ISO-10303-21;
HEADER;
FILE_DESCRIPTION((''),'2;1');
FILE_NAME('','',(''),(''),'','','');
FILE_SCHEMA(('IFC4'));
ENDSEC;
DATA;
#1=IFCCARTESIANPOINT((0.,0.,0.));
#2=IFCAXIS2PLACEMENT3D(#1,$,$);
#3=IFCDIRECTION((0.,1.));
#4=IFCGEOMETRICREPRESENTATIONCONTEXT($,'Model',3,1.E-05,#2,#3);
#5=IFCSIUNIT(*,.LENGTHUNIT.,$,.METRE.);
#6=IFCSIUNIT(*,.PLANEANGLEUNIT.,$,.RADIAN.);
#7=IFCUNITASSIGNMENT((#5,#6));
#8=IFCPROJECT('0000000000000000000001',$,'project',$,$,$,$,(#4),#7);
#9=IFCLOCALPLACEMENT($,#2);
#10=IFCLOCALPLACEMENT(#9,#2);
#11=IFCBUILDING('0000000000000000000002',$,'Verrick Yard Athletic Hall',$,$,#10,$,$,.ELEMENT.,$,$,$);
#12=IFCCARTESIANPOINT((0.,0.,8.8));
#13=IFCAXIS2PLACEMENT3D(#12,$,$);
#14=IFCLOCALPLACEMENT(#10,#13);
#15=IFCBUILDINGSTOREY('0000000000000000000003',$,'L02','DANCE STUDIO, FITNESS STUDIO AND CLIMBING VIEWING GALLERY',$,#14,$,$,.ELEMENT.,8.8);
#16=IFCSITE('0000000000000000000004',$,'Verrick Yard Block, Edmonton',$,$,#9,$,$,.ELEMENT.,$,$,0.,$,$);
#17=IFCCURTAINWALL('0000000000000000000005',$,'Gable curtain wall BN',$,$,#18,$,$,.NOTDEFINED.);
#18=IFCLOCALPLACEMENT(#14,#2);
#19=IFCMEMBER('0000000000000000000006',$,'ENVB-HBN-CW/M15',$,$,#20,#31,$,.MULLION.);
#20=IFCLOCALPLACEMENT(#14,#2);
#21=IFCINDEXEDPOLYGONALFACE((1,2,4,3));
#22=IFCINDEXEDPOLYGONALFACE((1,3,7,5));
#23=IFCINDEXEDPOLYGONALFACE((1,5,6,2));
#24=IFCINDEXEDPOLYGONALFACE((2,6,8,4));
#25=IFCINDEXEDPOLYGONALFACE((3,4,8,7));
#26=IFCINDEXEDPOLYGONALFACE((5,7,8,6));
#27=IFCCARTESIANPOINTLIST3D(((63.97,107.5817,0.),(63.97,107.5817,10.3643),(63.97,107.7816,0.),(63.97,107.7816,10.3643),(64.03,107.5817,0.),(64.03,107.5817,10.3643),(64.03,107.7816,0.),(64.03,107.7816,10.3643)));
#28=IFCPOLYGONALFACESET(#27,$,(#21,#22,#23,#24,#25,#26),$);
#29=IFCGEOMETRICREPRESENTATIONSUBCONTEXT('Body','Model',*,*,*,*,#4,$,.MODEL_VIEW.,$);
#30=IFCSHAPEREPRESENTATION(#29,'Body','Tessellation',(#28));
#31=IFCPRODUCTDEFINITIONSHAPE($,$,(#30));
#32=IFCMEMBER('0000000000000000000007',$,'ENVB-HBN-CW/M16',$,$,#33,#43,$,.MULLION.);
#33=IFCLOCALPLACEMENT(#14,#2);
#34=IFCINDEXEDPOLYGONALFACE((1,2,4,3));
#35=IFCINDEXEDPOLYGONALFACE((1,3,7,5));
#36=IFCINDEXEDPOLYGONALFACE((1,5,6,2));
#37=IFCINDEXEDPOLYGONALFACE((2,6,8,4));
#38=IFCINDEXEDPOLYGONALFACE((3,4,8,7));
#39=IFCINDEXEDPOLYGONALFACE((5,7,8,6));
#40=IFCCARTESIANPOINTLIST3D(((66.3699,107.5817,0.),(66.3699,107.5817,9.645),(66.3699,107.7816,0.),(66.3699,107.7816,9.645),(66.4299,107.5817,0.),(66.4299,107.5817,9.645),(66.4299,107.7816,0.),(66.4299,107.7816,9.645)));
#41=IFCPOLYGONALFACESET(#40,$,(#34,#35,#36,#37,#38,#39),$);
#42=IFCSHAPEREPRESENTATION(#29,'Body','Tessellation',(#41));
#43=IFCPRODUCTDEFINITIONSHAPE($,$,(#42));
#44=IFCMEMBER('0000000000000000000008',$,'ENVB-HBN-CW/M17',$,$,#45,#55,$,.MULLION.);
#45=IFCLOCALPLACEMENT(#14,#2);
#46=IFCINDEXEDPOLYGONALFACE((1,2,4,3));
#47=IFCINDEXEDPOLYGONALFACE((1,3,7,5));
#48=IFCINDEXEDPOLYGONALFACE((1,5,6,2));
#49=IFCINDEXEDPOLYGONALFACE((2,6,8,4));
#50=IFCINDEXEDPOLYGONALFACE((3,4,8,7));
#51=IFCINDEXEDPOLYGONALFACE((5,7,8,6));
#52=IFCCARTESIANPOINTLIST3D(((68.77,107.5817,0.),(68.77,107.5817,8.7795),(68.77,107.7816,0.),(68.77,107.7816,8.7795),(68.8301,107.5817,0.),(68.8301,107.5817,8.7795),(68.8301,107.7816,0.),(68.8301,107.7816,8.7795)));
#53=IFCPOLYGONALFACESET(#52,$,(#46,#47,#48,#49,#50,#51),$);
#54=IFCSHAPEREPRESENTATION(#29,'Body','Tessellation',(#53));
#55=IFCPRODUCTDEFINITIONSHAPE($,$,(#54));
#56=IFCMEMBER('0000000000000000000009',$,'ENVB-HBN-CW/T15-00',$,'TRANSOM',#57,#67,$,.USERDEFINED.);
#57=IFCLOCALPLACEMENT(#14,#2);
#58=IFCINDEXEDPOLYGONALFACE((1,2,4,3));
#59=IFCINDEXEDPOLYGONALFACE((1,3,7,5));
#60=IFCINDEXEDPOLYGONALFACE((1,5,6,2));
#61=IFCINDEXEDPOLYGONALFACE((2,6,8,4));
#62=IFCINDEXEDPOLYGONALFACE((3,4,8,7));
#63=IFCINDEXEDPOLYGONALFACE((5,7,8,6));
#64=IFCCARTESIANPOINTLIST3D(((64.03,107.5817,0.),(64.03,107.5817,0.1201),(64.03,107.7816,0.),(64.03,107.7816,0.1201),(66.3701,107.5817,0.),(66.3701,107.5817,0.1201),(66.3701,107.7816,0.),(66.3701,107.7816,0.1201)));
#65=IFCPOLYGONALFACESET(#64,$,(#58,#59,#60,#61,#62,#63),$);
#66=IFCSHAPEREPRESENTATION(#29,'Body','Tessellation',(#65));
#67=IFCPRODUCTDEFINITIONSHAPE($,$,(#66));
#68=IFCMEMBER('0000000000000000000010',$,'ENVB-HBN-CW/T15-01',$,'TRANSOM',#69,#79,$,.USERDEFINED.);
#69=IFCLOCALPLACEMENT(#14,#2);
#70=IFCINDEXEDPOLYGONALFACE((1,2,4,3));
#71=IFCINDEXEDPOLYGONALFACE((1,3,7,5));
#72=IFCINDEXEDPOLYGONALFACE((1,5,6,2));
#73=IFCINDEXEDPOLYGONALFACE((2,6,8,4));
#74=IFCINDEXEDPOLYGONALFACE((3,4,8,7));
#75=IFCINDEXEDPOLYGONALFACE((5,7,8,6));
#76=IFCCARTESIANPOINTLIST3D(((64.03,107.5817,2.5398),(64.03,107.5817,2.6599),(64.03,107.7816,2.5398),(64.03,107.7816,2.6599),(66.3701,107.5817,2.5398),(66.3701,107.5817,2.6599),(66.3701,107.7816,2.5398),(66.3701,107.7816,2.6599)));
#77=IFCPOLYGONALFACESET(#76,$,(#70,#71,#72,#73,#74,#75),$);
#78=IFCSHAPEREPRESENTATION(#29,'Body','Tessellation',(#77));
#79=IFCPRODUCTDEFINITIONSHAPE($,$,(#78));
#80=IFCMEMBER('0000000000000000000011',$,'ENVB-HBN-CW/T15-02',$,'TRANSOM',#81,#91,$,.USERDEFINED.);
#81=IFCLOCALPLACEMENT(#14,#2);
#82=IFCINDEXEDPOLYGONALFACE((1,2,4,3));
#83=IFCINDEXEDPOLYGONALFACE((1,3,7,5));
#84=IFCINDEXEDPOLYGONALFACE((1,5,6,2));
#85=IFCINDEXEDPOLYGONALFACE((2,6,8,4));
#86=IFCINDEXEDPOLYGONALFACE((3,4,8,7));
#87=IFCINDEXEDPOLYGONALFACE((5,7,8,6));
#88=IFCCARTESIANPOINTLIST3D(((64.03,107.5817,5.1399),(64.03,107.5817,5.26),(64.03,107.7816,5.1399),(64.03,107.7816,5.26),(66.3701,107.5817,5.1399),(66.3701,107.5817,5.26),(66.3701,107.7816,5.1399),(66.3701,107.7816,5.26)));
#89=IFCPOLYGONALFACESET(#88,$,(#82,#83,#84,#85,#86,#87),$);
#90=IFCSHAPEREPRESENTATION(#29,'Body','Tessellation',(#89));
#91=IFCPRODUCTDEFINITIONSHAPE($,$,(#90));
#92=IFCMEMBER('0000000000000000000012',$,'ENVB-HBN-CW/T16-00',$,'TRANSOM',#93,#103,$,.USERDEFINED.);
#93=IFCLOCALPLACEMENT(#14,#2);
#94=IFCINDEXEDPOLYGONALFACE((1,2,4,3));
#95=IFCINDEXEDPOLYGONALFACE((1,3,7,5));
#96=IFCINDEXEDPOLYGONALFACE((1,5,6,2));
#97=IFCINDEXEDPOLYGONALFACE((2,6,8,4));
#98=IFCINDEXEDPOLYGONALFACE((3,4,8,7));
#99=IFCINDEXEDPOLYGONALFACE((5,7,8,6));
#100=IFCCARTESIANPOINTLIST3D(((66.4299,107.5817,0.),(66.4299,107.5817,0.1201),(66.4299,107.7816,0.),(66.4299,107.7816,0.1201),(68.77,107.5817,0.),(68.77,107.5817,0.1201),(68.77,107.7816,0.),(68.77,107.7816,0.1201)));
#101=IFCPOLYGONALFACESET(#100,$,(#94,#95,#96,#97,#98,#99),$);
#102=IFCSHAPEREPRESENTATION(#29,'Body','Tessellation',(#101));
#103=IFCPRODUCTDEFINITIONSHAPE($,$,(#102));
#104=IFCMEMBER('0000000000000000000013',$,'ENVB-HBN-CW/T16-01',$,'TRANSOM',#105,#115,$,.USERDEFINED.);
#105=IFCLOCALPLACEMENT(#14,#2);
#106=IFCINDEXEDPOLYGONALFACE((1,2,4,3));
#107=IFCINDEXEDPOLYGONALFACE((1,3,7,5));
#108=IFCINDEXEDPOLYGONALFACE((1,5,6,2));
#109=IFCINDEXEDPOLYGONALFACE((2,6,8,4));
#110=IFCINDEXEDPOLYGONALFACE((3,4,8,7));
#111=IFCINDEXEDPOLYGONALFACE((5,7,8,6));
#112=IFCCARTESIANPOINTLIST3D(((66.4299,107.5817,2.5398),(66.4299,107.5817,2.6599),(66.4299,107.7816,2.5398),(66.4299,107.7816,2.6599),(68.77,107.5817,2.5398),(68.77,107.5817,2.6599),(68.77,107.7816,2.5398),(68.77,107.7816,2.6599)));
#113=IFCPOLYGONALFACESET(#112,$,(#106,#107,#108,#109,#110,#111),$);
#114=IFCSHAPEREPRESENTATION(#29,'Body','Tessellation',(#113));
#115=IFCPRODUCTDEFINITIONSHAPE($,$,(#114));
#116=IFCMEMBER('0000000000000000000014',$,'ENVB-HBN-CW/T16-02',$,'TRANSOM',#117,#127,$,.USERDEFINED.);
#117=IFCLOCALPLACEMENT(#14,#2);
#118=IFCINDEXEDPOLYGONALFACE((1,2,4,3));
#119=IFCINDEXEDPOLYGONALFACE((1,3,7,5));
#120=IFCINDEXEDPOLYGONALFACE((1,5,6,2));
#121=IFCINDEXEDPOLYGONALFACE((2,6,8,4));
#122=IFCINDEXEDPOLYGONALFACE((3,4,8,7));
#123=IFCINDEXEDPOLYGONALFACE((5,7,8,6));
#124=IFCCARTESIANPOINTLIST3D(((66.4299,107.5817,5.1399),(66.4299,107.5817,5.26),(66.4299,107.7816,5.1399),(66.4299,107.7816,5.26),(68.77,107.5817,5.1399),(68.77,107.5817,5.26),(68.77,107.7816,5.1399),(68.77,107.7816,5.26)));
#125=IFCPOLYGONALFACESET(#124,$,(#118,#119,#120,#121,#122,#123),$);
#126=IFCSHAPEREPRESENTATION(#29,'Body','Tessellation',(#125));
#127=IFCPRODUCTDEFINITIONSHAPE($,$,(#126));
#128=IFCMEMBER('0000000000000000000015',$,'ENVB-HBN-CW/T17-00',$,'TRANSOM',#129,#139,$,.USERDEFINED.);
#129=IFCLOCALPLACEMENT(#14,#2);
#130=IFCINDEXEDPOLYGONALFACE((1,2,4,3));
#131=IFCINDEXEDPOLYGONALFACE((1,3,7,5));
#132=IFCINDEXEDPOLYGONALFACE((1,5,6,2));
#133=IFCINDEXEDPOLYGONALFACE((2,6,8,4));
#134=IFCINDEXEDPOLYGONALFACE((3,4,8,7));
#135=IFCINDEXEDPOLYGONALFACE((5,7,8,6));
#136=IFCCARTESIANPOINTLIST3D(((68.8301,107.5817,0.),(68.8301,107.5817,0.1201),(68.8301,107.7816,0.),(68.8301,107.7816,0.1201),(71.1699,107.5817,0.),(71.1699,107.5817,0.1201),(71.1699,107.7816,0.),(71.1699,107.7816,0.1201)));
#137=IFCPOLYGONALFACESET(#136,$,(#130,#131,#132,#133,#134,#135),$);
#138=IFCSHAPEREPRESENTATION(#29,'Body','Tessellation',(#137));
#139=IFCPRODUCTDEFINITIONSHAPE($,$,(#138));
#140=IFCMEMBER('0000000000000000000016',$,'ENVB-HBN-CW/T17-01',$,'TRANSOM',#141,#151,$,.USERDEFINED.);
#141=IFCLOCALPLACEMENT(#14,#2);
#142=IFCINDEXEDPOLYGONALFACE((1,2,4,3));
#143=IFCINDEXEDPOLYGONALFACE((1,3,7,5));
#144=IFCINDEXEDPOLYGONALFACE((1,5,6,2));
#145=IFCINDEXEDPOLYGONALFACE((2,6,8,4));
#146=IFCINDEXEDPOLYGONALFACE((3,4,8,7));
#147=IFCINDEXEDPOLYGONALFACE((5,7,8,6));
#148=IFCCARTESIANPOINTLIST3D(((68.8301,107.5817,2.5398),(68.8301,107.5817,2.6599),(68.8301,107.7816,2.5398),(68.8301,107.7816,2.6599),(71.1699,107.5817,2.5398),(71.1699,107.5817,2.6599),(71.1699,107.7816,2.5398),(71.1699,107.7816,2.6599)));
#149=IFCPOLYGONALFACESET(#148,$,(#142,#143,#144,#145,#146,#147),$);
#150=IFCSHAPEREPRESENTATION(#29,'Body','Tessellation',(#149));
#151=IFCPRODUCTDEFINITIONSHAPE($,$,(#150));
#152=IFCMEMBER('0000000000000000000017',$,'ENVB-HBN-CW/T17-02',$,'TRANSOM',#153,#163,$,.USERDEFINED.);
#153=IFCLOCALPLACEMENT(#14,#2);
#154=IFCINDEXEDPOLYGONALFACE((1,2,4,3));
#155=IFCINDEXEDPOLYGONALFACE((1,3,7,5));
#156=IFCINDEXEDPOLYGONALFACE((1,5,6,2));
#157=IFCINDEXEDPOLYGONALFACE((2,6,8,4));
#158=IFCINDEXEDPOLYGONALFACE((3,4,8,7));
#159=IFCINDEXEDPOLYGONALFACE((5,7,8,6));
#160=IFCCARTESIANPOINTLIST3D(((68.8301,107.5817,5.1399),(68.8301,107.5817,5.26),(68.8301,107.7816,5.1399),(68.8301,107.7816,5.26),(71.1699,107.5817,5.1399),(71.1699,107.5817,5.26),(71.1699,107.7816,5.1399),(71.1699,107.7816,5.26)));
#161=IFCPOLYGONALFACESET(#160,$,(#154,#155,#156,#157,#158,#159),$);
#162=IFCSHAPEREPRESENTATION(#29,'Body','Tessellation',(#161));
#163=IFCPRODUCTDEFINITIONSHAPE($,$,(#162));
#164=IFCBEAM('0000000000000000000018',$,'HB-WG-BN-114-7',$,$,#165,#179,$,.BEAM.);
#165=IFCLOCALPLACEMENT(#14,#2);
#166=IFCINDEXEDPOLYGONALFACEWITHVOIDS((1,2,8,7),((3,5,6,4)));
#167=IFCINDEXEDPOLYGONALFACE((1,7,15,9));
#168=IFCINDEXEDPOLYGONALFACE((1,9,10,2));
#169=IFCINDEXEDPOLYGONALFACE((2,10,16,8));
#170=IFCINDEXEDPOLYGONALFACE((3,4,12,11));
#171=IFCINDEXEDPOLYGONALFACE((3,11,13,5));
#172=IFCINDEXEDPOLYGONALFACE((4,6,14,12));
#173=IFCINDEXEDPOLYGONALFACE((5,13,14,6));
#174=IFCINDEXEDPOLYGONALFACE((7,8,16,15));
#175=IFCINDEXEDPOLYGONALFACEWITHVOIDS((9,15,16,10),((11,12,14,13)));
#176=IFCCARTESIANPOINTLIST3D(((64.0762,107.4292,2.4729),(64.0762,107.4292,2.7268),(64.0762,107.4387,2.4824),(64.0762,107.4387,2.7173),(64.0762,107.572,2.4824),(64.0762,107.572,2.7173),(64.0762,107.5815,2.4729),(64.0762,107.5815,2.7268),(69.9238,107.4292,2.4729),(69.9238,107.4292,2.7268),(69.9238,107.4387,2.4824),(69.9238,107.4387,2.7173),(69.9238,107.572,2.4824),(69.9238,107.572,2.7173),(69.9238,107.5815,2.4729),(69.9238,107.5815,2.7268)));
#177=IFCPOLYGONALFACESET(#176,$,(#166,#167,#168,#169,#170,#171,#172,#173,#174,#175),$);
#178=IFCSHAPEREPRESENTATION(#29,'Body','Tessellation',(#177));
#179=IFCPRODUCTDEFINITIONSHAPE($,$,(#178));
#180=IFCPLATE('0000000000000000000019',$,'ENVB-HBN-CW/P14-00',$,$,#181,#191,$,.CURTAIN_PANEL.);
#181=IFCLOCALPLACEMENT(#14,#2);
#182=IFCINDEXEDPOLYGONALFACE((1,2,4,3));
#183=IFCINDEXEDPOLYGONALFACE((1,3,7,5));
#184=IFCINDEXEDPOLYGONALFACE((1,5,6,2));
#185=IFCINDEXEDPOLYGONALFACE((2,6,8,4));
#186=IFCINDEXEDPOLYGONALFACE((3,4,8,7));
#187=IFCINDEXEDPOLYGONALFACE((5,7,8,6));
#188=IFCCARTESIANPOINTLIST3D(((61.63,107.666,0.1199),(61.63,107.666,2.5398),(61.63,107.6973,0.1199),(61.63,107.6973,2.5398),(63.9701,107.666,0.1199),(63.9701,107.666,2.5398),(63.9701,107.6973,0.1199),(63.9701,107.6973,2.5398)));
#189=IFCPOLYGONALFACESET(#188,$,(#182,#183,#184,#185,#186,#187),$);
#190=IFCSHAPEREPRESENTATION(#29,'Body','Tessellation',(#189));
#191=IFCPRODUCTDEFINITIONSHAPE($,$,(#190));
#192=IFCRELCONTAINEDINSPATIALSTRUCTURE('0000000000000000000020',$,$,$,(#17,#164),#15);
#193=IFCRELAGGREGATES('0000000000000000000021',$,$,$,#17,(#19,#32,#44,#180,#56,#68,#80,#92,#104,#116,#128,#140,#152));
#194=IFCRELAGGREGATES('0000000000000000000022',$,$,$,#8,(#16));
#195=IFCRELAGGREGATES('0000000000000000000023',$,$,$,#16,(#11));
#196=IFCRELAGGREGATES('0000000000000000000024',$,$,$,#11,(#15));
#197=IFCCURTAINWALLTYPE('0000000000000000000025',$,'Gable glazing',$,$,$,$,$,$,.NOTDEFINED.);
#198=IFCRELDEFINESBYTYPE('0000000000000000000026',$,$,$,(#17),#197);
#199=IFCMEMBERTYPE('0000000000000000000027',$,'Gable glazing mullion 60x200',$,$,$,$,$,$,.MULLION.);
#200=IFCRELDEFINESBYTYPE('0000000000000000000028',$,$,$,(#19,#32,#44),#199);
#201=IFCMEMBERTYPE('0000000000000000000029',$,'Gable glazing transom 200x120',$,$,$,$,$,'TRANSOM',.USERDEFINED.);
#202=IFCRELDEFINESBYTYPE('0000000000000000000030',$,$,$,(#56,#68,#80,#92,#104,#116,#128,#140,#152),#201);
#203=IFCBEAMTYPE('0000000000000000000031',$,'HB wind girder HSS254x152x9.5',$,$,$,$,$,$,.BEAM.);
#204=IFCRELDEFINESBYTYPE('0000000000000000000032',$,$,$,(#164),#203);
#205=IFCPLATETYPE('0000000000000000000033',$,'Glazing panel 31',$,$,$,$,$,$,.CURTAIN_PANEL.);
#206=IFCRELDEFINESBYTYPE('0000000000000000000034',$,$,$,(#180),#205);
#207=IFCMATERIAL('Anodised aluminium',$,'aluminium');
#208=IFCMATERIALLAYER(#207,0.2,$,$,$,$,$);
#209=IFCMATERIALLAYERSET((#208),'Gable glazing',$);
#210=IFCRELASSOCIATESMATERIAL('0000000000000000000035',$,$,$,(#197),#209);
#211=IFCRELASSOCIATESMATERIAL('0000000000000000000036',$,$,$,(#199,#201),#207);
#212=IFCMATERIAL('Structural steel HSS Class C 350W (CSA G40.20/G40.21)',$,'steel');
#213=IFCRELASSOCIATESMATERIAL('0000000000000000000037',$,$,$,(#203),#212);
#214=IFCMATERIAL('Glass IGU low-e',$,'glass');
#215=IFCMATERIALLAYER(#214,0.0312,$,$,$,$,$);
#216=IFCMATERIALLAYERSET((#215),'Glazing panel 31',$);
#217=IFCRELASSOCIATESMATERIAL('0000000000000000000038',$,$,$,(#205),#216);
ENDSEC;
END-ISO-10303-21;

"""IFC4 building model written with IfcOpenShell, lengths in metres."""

from ifc_helpers import new_model, si_unit, direction, frame, origin, origin_2d, place, context, subcontext, project, spatial, rectangle, hollow_rectangle, extrude, material, layer, layer_set, material_profile, profile_set, type_object, element, aggregate, save


model = new_model("IFC4")

# Units and contexts
model_context = context("Model", 3, precision=1e-05, world=origin(), true_north=direction((0.0, 1.0)))
body_context = subcontext(model_context, "Body", "Model", "MODEL_VIEW")
ifc_project = project(units=[si_unit("LENGTHUNIT", "METRE"), si_unit("PLANEANGLEUNIT", "RADIAN")], contexts=[model_context])

# Site, building, storey
site_placement = place(None, origin())
site = spatial("IfcSite", under=ifc_project, at=site_placement, Name="Verrick Yard Block, Edmonton", CompositionType="ELEMENT", RefElevation=0.0)
building_placement = place(site_placement, origin())
building = spatial("IfcBuilding", under=site, at=building_placement, Name="Verrick Yard Athletic Hall", CompositionType="ELEMENT")
storey_placement = place(building_placement, frame((0.0, 0.0, 8.8)))
storey = spatial("IfcBuildingStorey", under=building, at=storey_placement, Name="L02", Description="DANCE STUDIO, FITNESS STUDIO AND CLIMBING VIEWING GALLERY", CompositionType="ELEMENT", Elevation=8.8)

# Curtain wall, members
ifc_material_1 = material(Name="Anodised aluminium", Category="aluminium")
ifc_layer_1 = layer(ifc_material_1, 0.2)
ifc_layer_set_1 = layer_set([ifc_layer_1], Name="Gable glazing")
curtain_wall_type = type_object("IfcCurtainWallType", Name="Gable glazing", PredefinedType="NOTDEFINED", material=ifc_layer_set_1)
curtain_wall_placement = place(storey_placement, origin())
curtain_wall = element("IfcCurtainWall", 1, at=curtain_wall_placement, inside=storey, type_object=curtain_wall_type, Name="Gable curtain wall BN", PredefinedType="NOTDEFINED")
ifc_material_profile_1 = material_profile(ifc_material_1, rectangle(XDim=0.2, YDim=0.0601, at=origin_2d()), Name="CW gable mullion 60x200")
ifc_profile_set_1 = profile_set([ifc_material_profile_1], Name="Anodised aluminium")
member_type_1 = type_object("IfcMemberType", Name="Gable glazing mullion 60x200", PredefinedType="MULLION", material=ifc_profile_set_1)
member_1_placement = place(storey_placement, frame((64.0, 107.6816, 0.0), z_axis=(0.0, 0.0, 1.0), x_axis=(0.0, 1.0, 0.0)))
member_1 = element("IfcMember", 2, at=member_1_placement, type_object=member_type_1, Name="ENVB-HBN-CW/M15", PredefinedType="MULLION", context=body_context, shape_type="SweptSolid", body=[
    extrude(rectangle(XDim=0.2, YDim=0.0601, at=origin_2d()), origin(), (0.0, 0.0, 1.0), 10.3643),
])
member_2_placement = place(storey_placement, frame((66.3999, 107.6816, 0.0), z_axis=(0.0, 0.0, 1.0), x_axis=(0.0, 1.0, 0.0)))
member_2 = element("IfcMember", 3, at=member_2_placement, type_object=member_type_1, Name="ENVB-HBN-CW/M16", PredefinedType="MULLION", context=body_context, shape_type="SweptSolid", body=[
    extrude(rectangle(XDim=0.2, YDim=0.0601, at=origin_2d()), origin(), (0.0, 0.0, 1.0), 9.645),
])
member_3_placement = place(storey_placement, frame((68.8, 107.6816, 0.0), z_axis=(0.0, 0.0, 1.0), x_axis=(0.0, 1.0, 0.0)))
member_3 = element("IfcMember", 4, at=member_3_placement, type_object=member_type_1, Name="ENVB-HBN-CW/M17", PredefinedType="MULLION", context=body_context, shape_type="SweptSolid", body=[
    extrude(rectangle(XDim=0.2, YDim=0.0601, at=origin_2d()), origin(), (0.0, 0.0, 1.0), 8.7795),
])
ifc_material_profile_2 = material_profile(ifc_material_1, rectangle(XDim=0.2, YDim=0.1201, at=origin_2d()), Name="CW gable transom 200x120")
ifc_profile_set_2 = profile_set([ifc_material_profile_2], Name="Anodised aluminium")
member_type_2 = type_object("IfcMemberType", Name="Gable glazing transom 200x120", ElementType="TRANSOM", PredefinedType="USERDEFINED", material=ifc_profile_set_2)
member_4_placement = place(storey_placement, frame((64.03, 107.6816, 0.0601), z_axis=(1.0, 0.0, 0.0), x_axis=(0.0, 1.0, 0.0)))
member_4 = element("IfcMember", 5, at=member_4_placement, type_object=member_type_2, Name="ENVB-HBN-CW/T15-00", ObjectType="TRANSOM", PredefinedType="USERDEFINED", context=body_context, shape_type="SweptSolid", body=[
    extrude(rectangle(XDim=0.2, YDim=0.1201, at=origin_2d()), origin(), (0.0, 0.0, 1.0), 2.3401),
])
member_5_placement = place(storey_placement, frame((64.03, 107.6816, 2.5999), z_axis=(1.0, 0.0, 0.0), x_axis=(0.0, 1.0, 0.0)))
member_5 = element("IfcMember", 6, at=member_5_placement, type_object=member_type_2, Name="ENVB-HBN-CW/T15-01", ObjectType="TRANSOM", PredefinedType="USERDEFINED", context=body_context, shape_type="SweptSolid", body=[
    extrude(rectangle(XDim=0.2, YDim=0.1201, at=origin_2d()), origin(), (0.0, 0.0, 1.0), 2.3401),
])
member_6_placement = place(storey_placement, frame((64.03, 107.6816, 5.2), z_axis=(1.0, 0.0, 0.0), x_axis=(0.0, 1.0, 0.0)))
member_6 = element("IfcMember", 7, at=member_6_placement, type_object=member_type_2, Name="ENVB-HBN-CW/T15-02", ObjectType="TRANSOM", PredefinedType="USERDEFINED", context=body_context, shape_type="SweptSolid", body=[
    extrude(rectangle(XDim=0.2, YDim=0.1201, at=origin_2d()), origin(), (0.0, 0.0, 1.0), 2.3401),
])
member_7_placement = place(storey_placement, frame((66.4299, 107.6816, 0.0601), z_axis=(1.0, 0.0, 0.0), x_axis=(0.0, 1.0, 0.0)))
member_7 = element("IfcMember", 8, at=member_7_placement, type_object=member_type_2, Name="ENVB-HBN-CW/T16-00", ObjectType="TRANSOM", PredefinedType="USERDEFINED", context=body_context, shape_type="SweptSolid", body=[
    extrude(rectangle(XDim=0.2, YDim=0.1201, at=origin_2d()), origin(), (0.0, 0.0, 1.0), 2.3401),
])
member_8_placement = place(storey_placement, frame((66.4299, 107.6816, 2.5999), z_axis=(1.0, 0.0, 0.0), x_axis=(0.0, 1.0, 0.0)))
member_8 = element("IfcMember", 9, at=member_8_placement, type_object=member_type_2, Name="ENVB-HBN-CW/T16-01", ObjectType="TRANSOM", PredefinedType="USERDEFINED", context=body_context, shape_type="SweptSolid", body=[
    extrude(rectangle(XDim=0.2, YDim=0.1201, at=origin_2d()), origin(), (0.0, 0.0, 1.0), 2.3401),
])
member_9_placement = place(storey_placement, frame((66.4299, 107.6816, 5.2), z_axis=(1.0, 0.0, 0.0), x_axis=(0.0, 1.0, 0.0)))
member_9 = element("IfcMember", 10, at=member_9_placement, type_object=member_type_2, Name="ENVB-HBN-CW/T16-02", ObjectType="TRANSOM", PredefinedType="USERDEFINED", context=body_context, shape_type="SweptSolid", body=[
    extrude(rectangle(XDim=0.2, YDim=0.1201, at=origin_2d()), origin(), (0.0, 0.0, 1.0), 2.3401),
])
member_10_placement = place(storey_placement, frame((68.8301, 107.6816, 0.0601), z_axis=(1.0, 0.0, 0.0), x_axis=(0.0, 1.0, 0.0)))
member_10 = element("IfcMember", 11, at=member_10_placement, type_object=member_type_2, Name="ENVB-HBN-CW/T17-00", ObjectType="TRANSOM", PredefinedType="USERDEFINED", context=body_context, shape_type="SweptSolid", body=[
    extrude(rectangle(XDim=0.2, YDim=0.1201, at=origin_2d()), origin(), (0.0, 0.0, 1.0), 2.3398),
])
member_11_placement = place(storey_placement, frame((68.8301, 107.6816, 2.5999), z_axis=(1.0, 0.0, 0.0), x_axis=(0.0, 1.0, 0.0)))
member_11 = element("IfcMember", 12, at=member_11_placement, type_object=member_type_2, Name="ENVB-HBN-CW/T17-01", ObjectType="TRANSOM", PredefinedType="USERDEFINED", context=body_context, shape_type="SweptSolid", body=[
    extrude(rectangle(XDim=0.2, YDim=0.1201, at=origin_2d()), origin(), (0.0, 0.0, 1.0), 2.3398),
])
member_12_placement = place(storey_placement, frame((68.8301, 107.6816, 5.2), z_axis=(1.0, 0.0, 0.0), x_axis=(0.0, 1.0, 0.0)))
member_12 = element("IfcMember", 13, at=member_12_placement, type_object=member_type_2, Name="ENVB-HBN-CW/T17-02", ObjectType="TRANSOM", PredefinedType="USERDEFINED", context=body_context, shape_type="SweptSolid", body=[
    extrude(rectangle(XDim=0.2, YDim=0.1201, at=origin_2d()), origin(), (0.0, 0.0, 1.0), 2.3398),
])

# Beam
ifc_material_2 = material(Name="Structural steel HSS Class C 350W (CSA G40.20/G40.21)", Category="steel")
ifc_material_profile_3 = material_profile(ifc_material_2, hollow_rectangle(XDim=0.1523, YDim=0.2539, WallThickness=0.0095, at=origin_2d()), Name="HSS254x152x9.5")
ifc_profile_set_3 = profile_set([ifc_material_profile_3], Name="Structural steel HSS Class C 350W (CSA G40.20/G40.21)")
beam_type = type_object("IfcBeamType", Name="HB wind girder HSS254x152x9.5", PredefinedType="BEAM", material=ifc_profile_set_3)
beam_placement = place(storey_placement, frame((64.0762, 107.5054, 2.5999), z_axis=(1.0, 0.0, 0.0), x_axis=(0.0, 1.0, 0.0)))
element("IfcBeam", 14, at=beam_placement, inside=storey, type_object=beam_type, Name="HB-WG-BN-114-7", PredefinedType="BEAM", context=body_context, shape_type="SweptSolid", body=[
    extrude(hollow_rectangle(XDim=0.1523, YDim=0.2539, WallThickness=0.0095, at=origin_2d()), origin(), (0.0, 0.0, 1.0), 5.8477),
])

# Plate
ifc_material_3 = material(Name="Glass IGU low-e", Category="glass")
ifc_layer_2 = layer(ifc_material_3, 0.0312)
ifc_layer_set_2 = layer_set([ifc_layer_2], Name="Glazing panel 31")
plate_type = type_object("IfcPlateType", Name="Glazing panel 31", PredefinedType="CURTAIN_PANEL", material=ifc_layer_set_2)
plate_1_placement = place(storey_placement, frame((62.8, 107.6816, 0.1199), z_axis=(0.0, 0.0, 1.0), x_axis=(1.0, 0.0, 0.0)))
plate_1 = element("IfcPlate", 15, at=plate_1_placement, type_object=plate_type, Name="ENVB-HBN-CW/P14-00", PredefinedType="CURTAIN_PANEL", context=body_context, shape_type="SweptSolid", body=[
    extrude(rectangle(XDim=2.3401, YDim=0.0312, at=origin_2d()), origin(), (0.0, 0.0, 1.0), 2.4199),
])
aggregate(curtain_wall, [member_1, member_2, member_3, plate_1, member_4, member_5, member_6, member_7, member_8, member_9, member_10, member_11, member_12])

save(model, "model.ifc")
